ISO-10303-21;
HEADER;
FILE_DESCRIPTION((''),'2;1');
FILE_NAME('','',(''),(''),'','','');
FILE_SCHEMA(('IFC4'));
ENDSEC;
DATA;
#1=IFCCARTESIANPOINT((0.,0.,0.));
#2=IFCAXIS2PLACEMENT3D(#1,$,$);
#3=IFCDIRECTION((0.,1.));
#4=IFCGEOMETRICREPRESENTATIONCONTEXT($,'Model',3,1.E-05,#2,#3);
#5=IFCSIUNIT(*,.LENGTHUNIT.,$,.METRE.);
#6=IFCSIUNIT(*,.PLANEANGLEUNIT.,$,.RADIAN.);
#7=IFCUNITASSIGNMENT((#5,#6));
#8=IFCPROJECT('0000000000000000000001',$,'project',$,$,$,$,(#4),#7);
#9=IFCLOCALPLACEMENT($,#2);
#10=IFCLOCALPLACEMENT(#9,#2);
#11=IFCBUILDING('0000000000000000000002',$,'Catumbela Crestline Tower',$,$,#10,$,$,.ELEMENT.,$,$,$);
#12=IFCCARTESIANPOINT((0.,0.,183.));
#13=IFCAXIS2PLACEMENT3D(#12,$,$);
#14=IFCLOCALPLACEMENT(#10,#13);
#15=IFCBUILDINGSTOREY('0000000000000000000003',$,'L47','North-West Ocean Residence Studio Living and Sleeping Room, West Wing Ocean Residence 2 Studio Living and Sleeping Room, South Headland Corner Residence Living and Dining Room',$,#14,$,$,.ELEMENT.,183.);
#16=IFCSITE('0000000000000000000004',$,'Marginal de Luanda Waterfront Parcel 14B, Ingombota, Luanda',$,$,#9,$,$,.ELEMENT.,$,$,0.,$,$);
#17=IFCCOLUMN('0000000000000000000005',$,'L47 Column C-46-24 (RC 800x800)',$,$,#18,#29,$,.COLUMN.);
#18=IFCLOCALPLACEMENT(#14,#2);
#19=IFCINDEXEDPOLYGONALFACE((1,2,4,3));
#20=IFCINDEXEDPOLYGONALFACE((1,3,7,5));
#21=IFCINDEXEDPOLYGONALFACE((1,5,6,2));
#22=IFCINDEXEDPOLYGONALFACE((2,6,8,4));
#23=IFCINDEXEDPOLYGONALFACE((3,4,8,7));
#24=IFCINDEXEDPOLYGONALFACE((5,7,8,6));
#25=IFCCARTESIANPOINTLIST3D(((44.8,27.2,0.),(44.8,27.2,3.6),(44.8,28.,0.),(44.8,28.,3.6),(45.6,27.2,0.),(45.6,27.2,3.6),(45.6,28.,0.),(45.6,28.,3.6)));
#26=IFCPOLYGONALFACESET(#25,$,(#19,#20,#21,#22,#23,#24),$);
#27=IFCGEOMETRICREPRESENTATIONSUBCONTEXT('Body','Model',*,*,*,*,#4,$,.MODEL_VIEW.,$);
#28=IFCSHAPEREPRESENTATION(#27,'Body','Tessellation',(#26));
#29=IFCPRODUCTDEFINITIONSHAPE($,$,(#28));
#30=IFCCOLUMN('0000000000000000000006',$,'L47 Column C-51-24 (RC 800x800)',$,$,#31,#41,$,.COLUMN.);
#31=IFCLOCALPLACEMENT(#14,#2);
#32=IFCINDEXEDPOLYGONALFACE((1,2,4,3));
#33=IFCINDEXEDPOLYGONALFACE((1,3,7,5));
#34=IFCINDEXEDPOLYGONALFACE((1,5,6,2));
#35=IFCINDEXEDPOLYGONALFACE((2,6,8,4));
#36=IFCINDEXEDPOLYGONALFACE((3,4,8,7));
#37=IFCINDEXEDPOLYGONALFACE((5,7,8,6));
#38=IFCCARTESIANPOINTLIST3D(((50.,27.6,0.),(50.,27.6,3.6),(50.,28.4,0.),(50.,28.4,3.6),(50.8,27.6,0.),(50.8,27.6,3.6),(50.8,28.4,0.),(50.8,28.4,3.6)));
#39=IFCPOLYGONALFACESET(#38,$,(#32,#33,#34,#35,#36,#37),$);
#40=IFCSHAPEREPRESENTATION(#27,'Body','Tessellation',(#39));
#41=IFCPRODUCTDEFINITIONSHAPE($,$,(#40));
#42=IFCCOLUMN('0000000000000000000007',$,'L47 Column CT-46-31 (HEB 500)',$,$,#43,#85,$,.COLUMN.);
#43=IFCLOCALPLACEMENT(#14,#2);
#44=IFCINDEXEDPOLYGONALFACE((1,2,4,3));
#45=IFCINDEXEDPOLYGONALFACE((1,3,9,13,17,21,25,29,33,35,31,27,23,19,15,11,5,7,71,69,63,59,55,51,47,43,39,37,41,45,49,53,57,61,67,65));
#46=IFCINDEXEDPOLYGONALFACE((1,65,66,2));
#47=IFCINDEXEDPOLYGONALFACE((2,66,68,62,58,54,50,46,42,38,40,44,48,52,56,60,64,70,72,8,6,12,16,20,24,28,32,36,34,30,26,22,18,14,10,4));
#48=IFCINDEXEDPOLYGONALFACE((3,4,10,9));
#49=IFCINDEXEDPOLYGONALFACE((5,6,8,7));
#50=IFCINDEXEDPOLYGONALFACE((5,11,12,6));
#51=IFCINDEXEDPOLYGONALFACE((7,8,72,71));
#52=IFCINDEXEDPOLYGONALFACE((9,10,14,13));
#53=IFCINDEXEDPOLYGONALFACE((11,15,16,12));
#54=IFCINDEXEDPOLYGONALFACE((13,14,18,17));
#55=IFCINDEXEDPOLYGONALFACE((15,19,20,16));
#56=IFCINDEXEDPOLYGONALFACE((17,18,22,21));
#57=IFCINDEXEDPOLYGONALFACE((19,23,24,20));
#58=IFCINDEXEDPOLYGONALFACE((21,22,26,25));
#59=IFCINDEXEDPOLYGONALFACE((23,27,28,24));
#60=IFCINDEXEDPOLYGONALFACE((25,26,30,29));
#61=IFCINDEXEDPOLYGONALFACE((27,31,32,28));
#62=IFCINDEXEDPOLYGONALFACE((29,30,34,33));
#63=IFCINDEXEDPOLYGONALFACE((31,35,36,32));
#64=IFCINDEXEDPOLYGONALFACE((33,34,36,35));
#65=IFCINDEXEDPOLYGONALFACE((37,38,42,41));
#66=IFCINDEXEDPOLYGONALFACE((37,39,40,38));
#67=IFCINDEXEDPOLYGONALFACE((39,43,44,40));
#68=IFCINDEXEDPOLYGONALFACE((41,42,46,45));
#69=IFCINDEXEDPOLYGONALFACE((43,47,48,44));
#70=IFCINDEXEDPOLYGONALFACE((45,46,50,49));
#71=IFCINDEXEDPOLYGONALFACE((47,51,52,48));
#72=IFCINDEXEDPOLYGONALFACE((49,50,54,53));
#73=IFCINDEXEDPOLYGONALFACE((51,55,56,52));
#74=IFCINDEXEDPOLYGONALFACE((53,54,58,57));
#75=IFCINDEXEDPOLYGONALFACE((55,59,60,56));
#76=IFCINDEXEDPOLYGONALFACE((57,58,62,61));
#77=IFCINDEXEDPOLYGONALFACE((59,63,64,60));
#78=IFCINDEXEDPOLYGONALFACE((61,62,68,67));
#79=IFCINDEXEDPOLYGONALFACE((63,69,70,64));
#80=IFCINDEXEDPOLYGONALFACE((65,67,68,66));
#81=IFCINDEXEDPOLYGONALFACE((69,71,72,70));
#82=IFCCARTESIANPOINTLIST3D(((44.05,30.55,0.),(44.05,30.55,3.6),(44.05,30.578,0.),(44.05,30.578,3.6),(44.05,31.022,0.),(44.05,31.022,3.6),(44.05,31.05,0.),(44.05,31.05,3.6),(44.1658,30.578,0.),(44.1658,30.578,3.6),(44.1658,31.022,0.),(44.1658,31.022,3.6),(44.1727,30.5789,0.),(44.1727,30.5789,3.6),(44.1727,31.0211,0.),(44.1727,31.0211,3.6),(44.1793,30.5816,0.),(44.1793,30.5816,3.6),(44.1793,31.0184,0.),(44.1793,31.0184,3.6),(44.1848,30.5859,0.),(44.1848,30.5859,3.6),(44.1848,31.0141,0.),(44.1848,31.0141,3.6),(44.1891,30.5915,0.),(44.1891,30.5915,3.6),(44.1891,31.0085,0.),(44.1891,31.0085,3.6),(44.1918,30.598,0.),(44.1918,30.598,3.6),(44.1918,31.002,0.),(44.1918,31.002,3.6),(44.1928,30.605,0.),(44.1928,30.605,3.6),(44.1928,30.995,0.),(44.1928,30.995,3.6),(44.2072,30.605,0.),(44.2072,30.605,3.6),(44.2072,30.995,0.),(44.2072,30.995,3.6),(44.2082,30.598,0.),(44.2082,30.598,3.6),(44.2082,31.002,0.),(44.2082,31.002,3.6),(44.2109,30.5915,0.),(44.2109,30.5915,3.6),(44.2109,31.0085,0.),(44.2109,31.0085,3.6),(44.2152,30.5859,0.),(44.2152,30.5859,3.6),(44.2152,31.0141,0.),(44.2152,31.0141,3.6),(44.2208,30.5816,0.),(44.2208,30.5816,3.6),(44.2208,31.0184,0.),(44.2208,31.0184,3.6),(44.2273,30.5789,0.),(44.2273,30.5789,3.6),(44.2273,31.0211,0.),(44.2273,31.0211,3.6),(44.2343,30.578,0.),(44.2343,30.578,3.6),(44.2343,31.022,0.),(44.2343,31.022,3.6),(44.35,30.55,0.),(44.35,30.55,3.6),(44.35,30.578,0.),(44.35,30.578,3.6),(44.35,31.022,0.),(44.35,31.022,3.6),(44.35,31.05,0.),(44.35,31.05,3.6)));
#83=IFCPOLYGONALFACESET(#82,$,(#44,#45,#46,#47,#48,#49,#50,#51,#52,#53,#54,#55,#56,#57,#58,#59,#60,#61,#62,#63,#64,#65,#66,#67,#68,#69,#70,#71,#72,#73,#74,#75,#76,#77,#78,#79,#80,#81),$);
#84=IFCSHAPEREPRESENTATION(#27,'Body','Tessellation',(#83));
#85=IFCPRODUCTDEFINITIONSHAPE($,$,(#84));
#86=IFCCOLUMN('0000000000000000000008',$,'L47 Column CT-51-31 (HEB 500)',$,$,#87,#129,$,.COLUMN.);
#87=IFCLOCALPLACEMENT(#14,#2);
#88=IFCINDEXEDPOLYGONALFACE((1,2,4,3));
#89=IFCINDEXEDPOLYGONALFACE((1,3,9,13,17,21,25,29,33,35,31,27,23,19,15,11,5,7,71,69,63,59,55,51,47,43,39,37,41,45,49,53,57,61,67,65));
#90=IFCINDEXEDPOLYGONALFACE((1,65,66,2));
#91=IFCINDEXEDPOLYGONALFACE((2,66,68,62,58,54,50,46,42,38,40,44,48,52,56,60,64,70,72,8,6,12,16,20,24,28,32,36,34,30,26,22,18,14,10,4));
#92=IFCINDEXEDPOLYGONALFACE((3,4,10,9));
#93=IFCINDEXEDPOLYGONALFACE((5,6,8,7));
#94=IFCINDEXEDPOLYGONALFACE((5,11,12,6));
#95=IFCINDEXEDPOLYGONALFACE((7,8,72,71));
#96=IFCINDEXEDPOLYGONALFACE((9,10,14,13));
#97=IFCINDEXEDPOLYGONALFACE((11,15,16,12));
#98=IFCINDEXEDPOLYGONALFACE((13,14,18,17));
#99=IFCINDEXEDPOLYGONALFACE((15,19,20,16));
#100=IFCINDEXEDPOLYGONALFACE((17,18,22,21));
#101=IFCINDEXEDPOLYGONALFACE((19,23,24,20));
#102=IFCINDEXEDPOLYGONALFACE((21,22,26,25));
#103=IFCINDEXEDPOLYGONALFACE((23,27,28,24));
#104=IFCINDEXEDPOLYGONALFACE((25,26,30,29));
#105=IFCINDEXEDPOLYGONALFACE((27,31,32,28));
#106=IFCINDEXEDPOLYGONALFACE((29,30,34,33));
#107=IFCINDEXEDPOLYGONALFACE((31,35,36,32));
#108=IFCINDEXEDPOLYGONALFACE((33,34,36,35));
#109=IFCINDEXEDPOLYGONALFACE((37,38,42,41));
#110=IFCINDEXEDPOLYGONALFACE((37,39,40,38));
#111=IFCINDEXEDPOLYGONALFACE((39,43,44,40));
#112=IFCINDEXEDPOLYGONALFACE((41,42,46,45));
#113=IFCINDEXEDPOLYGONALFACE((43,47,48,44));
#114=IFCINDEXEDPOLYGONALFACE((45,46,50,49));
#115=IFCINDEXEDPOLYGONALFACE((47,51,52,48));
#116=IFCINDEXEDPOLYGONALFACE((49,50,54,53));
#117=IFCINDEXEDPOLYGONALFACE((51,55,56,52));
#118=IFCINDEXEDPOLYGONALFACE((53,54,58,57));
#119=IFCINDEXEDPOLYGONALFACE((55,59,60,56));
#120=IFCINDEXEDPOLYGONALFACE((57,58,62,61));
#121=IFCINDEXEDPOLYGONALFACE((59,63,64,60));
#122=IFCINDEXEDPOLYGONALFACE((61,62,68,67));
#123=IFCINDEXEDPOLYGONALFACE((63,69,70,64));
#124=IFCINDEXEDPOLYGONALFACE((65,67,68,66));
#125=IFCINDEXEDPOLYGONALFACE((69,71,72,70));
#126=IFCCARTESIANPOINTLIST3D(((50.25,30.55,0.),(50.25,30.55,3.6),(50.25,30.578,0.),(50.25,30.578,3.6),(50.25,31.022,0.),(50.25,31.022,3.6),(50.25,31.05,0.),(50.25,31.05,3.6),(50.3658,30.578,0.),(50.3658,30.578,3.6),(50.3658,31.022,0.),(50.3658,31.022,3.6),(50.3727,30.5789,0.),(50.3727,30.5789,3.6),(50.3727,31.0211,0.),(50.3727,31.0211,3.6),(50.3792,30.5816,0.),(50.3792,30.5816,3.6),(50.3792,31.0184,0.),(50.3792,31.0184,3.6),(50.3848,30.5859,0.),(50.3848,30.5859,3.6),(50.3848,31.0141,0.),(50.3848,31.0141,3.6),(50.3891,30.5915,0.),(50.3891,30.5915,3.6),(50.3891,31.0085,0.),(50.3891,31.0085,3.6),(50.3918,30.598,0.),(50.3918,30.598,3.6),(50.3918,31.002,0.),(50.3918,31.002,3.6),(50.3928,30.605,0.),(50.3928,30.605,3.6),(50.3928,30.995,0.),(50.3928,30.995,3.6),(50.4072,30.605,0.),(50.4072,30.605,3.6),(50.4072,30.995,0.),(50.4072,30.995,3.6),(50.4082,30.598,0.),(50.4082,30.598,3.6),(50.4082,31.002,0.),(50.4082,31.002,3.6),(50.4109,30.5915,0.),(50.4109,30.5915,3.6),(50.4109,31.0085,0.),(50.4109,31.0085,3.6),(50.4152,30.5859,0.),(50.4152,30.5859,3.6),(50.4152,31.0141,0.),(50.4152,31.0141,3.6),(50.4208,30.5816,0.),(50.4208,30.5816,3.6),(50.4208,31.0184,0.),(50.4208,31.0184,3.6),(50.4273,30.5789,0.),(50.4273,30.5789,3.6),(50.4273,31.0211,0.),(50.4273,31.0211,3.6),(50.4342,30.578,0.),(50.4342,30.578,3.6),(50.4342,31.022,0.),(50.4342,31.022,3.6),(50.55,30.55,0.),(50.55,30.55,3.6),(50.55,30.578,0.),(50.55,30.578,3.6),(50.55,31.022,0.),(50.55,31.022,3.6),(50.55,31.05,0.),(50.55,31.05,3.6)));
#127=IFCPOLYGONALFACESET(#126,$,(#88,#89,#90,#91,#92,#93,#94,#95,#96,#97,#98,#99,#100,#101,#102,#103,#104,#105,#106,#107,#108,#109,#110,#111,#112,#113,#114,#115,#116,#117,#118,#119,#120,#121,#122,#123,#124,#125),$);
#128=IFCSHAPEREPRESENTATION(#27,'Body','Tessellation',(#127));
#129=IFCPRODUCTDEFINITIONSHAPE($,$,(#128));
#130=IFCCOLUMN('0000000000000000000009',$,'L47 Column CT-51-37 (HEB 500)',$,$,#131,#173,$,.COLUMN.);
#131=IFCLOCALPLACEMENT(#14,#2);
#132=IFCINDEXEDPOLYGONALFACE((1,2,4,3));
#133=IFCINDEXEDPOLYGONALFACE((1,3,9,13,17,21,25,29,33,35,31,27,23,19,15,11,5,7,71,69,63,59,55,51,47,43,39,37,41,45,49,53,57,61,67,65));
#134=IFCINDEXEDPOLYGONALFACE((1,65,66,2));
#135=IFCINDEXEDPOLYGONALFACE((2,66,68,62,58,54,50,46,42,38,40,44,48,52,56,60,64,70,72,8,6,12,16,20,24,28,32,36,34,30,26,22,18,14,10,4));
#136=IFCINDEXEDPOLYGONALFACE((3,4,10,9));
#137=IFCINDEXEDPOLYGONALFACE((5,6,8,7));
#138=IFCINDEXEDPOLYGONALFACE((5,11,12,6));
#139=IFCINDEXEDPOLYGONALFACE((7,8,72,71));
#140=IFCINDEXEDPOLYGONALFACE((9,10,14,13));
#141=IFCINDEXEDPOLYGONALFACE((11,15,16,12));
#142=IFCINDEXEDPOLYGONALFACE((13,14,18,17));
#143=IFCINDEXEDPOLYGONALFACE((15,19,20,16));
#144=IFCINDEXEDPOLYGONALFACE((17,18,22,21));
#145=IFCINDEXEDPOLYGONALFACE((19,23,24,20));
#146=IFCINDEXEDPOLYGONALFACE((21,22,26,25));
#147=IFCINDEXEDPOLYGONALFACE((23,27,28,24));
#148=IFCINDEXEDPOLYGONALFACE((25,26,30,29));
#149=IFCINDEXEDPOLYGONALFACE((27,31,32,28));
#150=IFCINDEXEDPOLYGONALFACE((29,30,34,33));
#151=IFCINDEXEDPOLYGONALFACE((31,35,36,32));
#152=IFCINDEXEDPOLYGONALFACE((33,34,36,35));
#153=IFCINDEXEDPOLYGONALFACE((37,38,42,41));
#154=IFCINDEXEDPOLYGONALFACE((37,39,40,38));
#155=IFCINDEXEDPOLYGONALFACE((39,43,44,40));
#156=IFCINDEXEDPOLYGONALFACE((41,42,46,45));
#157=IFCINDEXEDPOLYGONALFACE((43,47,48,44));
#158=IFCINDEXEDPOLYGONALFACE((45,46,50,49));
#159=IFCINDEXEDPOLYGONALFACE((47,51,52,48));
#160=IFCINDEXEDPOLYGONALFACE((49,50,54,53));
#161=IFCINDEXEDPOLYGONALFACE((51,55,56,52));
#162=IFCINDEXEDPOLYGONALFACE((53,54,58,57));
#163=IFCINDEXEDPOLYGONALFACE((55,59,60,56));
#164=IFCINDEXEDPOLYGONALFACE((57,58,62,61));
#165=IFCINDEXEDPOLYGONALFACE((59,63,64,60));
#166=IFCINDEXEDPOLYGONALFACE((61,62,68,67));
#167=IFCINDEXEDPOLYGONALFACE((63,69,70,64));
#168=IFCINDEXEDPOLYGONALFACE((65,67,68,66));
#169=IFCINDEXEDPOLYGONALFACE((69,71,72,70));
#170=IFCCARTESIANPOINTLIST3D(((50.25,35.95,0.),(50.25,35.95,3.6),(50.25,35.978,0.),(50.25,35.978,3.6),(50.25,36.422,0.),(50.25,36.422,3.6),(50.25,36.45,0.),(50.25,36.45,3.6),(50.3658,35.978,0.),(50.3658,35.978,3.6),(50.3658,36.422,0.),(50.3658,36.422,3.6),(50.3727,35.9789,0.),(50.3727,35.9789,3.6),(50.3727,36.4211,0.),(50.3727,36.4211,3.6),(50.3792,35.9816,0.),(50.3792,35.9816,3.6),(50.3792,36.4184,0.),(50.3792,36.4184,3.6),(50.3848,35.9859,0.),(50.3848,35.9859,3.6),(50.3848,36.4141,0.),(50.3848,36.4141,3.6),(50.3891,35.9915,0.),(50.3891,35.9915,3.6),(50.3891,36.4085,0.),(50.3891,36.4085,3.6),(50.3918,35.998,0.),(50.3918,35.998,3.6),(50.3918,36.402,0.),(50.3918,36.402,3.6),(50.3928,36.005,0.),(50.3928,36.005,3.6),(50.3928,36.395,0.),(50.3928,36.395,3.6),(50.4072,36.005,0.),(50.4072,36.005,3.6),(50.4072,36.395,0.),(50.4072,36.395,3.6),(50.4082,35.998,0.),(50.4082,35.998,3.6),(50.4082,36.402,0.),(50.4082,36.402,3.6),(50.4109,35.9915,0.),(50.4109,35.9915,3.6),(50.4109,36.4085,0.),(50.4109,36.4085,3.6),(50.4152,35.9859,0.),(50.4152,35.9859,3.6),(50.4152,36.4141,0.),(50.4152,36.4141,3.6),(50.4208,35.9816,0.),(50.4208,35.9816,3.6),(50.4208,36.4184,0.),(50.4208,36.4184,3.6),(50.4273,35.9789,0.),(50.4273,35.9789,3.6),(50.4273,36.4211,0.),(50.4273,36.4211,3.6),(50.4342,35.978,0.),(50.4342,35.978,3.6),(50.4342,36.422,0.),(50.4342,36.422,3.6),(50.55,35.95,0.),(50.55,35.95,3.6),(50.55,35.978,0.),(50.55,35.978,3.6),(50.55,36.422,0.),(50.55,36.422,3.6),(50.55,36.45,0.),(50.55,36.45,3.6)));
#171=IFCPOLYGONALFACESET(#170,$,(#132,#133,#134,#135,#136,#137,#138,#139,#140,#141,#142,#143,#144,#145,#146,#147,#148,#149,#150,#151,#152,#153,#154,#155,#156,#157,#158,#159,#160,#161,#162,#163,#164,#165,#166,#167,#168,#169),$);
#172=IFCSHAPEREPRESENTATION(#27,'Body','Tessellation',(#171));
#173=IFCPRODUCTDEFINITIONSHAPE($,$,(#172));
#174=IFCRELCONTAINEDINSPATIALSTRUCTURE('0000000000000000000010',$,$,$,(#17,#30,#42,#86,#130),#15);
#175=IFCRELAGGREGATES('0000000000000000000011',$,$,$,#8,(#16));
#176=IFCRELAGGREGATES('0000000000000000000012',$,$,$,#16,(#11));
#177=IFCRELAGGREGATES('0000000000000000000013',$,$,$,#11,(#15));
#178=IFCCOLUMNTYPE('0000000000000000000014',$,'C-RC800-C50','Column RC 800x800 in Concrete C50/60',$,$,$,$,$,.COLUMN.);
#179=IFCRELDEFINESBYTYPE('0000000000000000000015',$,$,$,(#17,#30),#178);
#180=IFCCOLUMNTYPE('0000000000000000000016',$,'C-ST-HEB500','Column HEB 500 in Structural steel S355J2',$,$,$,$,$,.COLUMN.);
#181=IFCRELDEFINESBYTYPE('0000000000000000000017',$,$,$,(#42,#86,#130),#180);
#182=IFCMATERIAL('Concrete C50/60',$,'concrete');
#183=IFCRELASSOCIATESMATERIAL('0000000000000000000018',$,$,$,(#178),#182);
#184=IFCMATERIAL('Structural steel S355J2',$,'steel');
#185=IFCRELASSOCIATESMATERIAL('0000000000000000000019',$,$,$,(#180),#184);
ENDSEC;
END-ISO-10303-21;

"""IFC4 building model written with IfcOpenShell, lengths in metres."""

from ifc_helpers import new_model, si_unit, direction, frame, origin, origin_2d, place, context, subcontext, project, spatial, rectangle, i_section, extrude, material, material_profile, profile_set, type_object, element, save


model = new_model("IFC4")

# Units and contexts
model_context = context("Model", 3, precision=1e-05, world=origin(), true_north=direction((0.0, 1.0)))
body_context = subcontext(model_context, "Body", "Model", "MODEL_VIEW")
ifc_project = project(units=[si_unit("LENGTHUNIT", "METRE"), si_unit("PLANEANGLEUNIT", "RADIAN")], contexts=[model_context])

# Site, building, storey
site_placement = place(None, origin())
site = spatial("IfcSite", under=ifc_project, at=site_placement, Name="Marginal de Luanda Waterfront Parcel 14B, Ingombota, Luanda", CompositionType="ELEMENT", RefElevation=0.0)
building_placement = place(site_placement, origin())
building = spatial("IfcBuilding", under=site, at=building_placement, Name="Catumbela Crestline Tower", CompositionType="ELEMENT")
storey_placement = place(building_placement, frame((0.0, 0.0, 183.0)))
storey = spatial("IfcBuildingStorey", under=building, at=storey_placement, Name="L47", Description="North-West Ocean Residence Studio Living and Sleeping Room, West Wing Ocean Residence 2 Studio Living and Sleeping Room, South Headland Corner Residence Living and Dining Room", CompositionType="ELEMENT", Elevation=183.0)

# Columns
ifc_material_1 = material(Name="Concrete C50/60", Category="concrete")
ifc_material_profile_1 = material_profile(ifc_material_1, rectangle(XDim=0.8, YDim=0.8, at=origin_2d()), Name="RC 800x800")
ifc_profile_set_1 = profile_set([ifc_material_profile_1], Name="Concrete C50/60")
column_type_1 = type_object("IfcColumnType", Name="C-RC800-C50", Description="Column RC 800x800 in Concrete C50/60", PredefinedType="COLUMN", material=ifc_profile_set_1)
for number, where, z_axis, x_axis, name in (
    (1, (45.2, 27.6, 0.0), (0.0, 0.0, 1.0), (1.0, 0.0, 0.0), "L47 Column C-46-24 (RC 800x800)"),
    (2, (50.4, 28.0, 0.0), (0.0, 0.0, 1.0), (1.0, 0.0, 0.0), "L47 Column C-51-24 (RC 800x800)"),
):
    element("IfcColumn", number, at=place(storey_placement, frame(where, z_axis=z_axis, x_axis=x_axis)), inside=storey, type_object=column_type_1, Name=name, PredefinedType="COLUMN", context=body_context, shape_type="SweptSolid", body=[
        extrude(rectangle(XDim=0.8, YDim=0.8, at=origin_2d()), origin(), (0.0, 0.0, 1.0), 3.6),
    ])
ifc_material_2 = material(Name="Structural steel S355J2", Category="steel")
ifc_material_profile_2 = material_profile(ifc_material_2, i_section(OverallWidth=0.3, OverallDepth=0.5, WebThickness=0.0145, FlangeThickness=0.028, FilletRadius=0.027, at=origin_2d()), Name="HEB 500")
ifc_profile_set_2 = profile_set([ifc_material_profile_2], Name="Structural steel S355J2")
column_type_2 = type_object("IfcColumnType", Name="C-ST-HEB500", Description="Column HEB 500 in Structural steel S355J2", PredefinedType="COLUMN", material=ifc_profile_set_2)
for number, where, z_axis, x_axis, name in (
    (3, (44.2, 30.8, 0.0), (0.0, 0.0, 1.0), (1.0, 0.0, 0.0), "L47 Column CT-46-31 (HEB 500)"),
    (4, (50.4, 30.8, 0.0), (0.0, 0.0, 1.0), (1.0, 0.0, 0.0), "L47 Column CT-51-31 (HEB 500)"),
    (5, (50.4, 36.2, 0.0), (0.0, 0.0, 1.0), (1.0, 0.0, 0.0), "L47 Column CT-51-37 (HEB 500)"),
):
    element("IfcColumn", number, at=place(storey_placement, frame(where, z_axis=z_axis, x_axis=x_axis)), inside=storey, type_object=column_type_2, Name=name, PredefinedType="COLUMN", context=body_context, shape_type="SweptSolid", body=[
        extrude(i_section(OverallWidth=0.3, OverallDepth=0.5, WebThickness=0.0145, FlangeThickness=0.028, FilletRadius=0.027, at=origin_2d()), origin(), (0.0, 0.0, 1.0), 3.6),
    ])

save(model, "model.ifc")
